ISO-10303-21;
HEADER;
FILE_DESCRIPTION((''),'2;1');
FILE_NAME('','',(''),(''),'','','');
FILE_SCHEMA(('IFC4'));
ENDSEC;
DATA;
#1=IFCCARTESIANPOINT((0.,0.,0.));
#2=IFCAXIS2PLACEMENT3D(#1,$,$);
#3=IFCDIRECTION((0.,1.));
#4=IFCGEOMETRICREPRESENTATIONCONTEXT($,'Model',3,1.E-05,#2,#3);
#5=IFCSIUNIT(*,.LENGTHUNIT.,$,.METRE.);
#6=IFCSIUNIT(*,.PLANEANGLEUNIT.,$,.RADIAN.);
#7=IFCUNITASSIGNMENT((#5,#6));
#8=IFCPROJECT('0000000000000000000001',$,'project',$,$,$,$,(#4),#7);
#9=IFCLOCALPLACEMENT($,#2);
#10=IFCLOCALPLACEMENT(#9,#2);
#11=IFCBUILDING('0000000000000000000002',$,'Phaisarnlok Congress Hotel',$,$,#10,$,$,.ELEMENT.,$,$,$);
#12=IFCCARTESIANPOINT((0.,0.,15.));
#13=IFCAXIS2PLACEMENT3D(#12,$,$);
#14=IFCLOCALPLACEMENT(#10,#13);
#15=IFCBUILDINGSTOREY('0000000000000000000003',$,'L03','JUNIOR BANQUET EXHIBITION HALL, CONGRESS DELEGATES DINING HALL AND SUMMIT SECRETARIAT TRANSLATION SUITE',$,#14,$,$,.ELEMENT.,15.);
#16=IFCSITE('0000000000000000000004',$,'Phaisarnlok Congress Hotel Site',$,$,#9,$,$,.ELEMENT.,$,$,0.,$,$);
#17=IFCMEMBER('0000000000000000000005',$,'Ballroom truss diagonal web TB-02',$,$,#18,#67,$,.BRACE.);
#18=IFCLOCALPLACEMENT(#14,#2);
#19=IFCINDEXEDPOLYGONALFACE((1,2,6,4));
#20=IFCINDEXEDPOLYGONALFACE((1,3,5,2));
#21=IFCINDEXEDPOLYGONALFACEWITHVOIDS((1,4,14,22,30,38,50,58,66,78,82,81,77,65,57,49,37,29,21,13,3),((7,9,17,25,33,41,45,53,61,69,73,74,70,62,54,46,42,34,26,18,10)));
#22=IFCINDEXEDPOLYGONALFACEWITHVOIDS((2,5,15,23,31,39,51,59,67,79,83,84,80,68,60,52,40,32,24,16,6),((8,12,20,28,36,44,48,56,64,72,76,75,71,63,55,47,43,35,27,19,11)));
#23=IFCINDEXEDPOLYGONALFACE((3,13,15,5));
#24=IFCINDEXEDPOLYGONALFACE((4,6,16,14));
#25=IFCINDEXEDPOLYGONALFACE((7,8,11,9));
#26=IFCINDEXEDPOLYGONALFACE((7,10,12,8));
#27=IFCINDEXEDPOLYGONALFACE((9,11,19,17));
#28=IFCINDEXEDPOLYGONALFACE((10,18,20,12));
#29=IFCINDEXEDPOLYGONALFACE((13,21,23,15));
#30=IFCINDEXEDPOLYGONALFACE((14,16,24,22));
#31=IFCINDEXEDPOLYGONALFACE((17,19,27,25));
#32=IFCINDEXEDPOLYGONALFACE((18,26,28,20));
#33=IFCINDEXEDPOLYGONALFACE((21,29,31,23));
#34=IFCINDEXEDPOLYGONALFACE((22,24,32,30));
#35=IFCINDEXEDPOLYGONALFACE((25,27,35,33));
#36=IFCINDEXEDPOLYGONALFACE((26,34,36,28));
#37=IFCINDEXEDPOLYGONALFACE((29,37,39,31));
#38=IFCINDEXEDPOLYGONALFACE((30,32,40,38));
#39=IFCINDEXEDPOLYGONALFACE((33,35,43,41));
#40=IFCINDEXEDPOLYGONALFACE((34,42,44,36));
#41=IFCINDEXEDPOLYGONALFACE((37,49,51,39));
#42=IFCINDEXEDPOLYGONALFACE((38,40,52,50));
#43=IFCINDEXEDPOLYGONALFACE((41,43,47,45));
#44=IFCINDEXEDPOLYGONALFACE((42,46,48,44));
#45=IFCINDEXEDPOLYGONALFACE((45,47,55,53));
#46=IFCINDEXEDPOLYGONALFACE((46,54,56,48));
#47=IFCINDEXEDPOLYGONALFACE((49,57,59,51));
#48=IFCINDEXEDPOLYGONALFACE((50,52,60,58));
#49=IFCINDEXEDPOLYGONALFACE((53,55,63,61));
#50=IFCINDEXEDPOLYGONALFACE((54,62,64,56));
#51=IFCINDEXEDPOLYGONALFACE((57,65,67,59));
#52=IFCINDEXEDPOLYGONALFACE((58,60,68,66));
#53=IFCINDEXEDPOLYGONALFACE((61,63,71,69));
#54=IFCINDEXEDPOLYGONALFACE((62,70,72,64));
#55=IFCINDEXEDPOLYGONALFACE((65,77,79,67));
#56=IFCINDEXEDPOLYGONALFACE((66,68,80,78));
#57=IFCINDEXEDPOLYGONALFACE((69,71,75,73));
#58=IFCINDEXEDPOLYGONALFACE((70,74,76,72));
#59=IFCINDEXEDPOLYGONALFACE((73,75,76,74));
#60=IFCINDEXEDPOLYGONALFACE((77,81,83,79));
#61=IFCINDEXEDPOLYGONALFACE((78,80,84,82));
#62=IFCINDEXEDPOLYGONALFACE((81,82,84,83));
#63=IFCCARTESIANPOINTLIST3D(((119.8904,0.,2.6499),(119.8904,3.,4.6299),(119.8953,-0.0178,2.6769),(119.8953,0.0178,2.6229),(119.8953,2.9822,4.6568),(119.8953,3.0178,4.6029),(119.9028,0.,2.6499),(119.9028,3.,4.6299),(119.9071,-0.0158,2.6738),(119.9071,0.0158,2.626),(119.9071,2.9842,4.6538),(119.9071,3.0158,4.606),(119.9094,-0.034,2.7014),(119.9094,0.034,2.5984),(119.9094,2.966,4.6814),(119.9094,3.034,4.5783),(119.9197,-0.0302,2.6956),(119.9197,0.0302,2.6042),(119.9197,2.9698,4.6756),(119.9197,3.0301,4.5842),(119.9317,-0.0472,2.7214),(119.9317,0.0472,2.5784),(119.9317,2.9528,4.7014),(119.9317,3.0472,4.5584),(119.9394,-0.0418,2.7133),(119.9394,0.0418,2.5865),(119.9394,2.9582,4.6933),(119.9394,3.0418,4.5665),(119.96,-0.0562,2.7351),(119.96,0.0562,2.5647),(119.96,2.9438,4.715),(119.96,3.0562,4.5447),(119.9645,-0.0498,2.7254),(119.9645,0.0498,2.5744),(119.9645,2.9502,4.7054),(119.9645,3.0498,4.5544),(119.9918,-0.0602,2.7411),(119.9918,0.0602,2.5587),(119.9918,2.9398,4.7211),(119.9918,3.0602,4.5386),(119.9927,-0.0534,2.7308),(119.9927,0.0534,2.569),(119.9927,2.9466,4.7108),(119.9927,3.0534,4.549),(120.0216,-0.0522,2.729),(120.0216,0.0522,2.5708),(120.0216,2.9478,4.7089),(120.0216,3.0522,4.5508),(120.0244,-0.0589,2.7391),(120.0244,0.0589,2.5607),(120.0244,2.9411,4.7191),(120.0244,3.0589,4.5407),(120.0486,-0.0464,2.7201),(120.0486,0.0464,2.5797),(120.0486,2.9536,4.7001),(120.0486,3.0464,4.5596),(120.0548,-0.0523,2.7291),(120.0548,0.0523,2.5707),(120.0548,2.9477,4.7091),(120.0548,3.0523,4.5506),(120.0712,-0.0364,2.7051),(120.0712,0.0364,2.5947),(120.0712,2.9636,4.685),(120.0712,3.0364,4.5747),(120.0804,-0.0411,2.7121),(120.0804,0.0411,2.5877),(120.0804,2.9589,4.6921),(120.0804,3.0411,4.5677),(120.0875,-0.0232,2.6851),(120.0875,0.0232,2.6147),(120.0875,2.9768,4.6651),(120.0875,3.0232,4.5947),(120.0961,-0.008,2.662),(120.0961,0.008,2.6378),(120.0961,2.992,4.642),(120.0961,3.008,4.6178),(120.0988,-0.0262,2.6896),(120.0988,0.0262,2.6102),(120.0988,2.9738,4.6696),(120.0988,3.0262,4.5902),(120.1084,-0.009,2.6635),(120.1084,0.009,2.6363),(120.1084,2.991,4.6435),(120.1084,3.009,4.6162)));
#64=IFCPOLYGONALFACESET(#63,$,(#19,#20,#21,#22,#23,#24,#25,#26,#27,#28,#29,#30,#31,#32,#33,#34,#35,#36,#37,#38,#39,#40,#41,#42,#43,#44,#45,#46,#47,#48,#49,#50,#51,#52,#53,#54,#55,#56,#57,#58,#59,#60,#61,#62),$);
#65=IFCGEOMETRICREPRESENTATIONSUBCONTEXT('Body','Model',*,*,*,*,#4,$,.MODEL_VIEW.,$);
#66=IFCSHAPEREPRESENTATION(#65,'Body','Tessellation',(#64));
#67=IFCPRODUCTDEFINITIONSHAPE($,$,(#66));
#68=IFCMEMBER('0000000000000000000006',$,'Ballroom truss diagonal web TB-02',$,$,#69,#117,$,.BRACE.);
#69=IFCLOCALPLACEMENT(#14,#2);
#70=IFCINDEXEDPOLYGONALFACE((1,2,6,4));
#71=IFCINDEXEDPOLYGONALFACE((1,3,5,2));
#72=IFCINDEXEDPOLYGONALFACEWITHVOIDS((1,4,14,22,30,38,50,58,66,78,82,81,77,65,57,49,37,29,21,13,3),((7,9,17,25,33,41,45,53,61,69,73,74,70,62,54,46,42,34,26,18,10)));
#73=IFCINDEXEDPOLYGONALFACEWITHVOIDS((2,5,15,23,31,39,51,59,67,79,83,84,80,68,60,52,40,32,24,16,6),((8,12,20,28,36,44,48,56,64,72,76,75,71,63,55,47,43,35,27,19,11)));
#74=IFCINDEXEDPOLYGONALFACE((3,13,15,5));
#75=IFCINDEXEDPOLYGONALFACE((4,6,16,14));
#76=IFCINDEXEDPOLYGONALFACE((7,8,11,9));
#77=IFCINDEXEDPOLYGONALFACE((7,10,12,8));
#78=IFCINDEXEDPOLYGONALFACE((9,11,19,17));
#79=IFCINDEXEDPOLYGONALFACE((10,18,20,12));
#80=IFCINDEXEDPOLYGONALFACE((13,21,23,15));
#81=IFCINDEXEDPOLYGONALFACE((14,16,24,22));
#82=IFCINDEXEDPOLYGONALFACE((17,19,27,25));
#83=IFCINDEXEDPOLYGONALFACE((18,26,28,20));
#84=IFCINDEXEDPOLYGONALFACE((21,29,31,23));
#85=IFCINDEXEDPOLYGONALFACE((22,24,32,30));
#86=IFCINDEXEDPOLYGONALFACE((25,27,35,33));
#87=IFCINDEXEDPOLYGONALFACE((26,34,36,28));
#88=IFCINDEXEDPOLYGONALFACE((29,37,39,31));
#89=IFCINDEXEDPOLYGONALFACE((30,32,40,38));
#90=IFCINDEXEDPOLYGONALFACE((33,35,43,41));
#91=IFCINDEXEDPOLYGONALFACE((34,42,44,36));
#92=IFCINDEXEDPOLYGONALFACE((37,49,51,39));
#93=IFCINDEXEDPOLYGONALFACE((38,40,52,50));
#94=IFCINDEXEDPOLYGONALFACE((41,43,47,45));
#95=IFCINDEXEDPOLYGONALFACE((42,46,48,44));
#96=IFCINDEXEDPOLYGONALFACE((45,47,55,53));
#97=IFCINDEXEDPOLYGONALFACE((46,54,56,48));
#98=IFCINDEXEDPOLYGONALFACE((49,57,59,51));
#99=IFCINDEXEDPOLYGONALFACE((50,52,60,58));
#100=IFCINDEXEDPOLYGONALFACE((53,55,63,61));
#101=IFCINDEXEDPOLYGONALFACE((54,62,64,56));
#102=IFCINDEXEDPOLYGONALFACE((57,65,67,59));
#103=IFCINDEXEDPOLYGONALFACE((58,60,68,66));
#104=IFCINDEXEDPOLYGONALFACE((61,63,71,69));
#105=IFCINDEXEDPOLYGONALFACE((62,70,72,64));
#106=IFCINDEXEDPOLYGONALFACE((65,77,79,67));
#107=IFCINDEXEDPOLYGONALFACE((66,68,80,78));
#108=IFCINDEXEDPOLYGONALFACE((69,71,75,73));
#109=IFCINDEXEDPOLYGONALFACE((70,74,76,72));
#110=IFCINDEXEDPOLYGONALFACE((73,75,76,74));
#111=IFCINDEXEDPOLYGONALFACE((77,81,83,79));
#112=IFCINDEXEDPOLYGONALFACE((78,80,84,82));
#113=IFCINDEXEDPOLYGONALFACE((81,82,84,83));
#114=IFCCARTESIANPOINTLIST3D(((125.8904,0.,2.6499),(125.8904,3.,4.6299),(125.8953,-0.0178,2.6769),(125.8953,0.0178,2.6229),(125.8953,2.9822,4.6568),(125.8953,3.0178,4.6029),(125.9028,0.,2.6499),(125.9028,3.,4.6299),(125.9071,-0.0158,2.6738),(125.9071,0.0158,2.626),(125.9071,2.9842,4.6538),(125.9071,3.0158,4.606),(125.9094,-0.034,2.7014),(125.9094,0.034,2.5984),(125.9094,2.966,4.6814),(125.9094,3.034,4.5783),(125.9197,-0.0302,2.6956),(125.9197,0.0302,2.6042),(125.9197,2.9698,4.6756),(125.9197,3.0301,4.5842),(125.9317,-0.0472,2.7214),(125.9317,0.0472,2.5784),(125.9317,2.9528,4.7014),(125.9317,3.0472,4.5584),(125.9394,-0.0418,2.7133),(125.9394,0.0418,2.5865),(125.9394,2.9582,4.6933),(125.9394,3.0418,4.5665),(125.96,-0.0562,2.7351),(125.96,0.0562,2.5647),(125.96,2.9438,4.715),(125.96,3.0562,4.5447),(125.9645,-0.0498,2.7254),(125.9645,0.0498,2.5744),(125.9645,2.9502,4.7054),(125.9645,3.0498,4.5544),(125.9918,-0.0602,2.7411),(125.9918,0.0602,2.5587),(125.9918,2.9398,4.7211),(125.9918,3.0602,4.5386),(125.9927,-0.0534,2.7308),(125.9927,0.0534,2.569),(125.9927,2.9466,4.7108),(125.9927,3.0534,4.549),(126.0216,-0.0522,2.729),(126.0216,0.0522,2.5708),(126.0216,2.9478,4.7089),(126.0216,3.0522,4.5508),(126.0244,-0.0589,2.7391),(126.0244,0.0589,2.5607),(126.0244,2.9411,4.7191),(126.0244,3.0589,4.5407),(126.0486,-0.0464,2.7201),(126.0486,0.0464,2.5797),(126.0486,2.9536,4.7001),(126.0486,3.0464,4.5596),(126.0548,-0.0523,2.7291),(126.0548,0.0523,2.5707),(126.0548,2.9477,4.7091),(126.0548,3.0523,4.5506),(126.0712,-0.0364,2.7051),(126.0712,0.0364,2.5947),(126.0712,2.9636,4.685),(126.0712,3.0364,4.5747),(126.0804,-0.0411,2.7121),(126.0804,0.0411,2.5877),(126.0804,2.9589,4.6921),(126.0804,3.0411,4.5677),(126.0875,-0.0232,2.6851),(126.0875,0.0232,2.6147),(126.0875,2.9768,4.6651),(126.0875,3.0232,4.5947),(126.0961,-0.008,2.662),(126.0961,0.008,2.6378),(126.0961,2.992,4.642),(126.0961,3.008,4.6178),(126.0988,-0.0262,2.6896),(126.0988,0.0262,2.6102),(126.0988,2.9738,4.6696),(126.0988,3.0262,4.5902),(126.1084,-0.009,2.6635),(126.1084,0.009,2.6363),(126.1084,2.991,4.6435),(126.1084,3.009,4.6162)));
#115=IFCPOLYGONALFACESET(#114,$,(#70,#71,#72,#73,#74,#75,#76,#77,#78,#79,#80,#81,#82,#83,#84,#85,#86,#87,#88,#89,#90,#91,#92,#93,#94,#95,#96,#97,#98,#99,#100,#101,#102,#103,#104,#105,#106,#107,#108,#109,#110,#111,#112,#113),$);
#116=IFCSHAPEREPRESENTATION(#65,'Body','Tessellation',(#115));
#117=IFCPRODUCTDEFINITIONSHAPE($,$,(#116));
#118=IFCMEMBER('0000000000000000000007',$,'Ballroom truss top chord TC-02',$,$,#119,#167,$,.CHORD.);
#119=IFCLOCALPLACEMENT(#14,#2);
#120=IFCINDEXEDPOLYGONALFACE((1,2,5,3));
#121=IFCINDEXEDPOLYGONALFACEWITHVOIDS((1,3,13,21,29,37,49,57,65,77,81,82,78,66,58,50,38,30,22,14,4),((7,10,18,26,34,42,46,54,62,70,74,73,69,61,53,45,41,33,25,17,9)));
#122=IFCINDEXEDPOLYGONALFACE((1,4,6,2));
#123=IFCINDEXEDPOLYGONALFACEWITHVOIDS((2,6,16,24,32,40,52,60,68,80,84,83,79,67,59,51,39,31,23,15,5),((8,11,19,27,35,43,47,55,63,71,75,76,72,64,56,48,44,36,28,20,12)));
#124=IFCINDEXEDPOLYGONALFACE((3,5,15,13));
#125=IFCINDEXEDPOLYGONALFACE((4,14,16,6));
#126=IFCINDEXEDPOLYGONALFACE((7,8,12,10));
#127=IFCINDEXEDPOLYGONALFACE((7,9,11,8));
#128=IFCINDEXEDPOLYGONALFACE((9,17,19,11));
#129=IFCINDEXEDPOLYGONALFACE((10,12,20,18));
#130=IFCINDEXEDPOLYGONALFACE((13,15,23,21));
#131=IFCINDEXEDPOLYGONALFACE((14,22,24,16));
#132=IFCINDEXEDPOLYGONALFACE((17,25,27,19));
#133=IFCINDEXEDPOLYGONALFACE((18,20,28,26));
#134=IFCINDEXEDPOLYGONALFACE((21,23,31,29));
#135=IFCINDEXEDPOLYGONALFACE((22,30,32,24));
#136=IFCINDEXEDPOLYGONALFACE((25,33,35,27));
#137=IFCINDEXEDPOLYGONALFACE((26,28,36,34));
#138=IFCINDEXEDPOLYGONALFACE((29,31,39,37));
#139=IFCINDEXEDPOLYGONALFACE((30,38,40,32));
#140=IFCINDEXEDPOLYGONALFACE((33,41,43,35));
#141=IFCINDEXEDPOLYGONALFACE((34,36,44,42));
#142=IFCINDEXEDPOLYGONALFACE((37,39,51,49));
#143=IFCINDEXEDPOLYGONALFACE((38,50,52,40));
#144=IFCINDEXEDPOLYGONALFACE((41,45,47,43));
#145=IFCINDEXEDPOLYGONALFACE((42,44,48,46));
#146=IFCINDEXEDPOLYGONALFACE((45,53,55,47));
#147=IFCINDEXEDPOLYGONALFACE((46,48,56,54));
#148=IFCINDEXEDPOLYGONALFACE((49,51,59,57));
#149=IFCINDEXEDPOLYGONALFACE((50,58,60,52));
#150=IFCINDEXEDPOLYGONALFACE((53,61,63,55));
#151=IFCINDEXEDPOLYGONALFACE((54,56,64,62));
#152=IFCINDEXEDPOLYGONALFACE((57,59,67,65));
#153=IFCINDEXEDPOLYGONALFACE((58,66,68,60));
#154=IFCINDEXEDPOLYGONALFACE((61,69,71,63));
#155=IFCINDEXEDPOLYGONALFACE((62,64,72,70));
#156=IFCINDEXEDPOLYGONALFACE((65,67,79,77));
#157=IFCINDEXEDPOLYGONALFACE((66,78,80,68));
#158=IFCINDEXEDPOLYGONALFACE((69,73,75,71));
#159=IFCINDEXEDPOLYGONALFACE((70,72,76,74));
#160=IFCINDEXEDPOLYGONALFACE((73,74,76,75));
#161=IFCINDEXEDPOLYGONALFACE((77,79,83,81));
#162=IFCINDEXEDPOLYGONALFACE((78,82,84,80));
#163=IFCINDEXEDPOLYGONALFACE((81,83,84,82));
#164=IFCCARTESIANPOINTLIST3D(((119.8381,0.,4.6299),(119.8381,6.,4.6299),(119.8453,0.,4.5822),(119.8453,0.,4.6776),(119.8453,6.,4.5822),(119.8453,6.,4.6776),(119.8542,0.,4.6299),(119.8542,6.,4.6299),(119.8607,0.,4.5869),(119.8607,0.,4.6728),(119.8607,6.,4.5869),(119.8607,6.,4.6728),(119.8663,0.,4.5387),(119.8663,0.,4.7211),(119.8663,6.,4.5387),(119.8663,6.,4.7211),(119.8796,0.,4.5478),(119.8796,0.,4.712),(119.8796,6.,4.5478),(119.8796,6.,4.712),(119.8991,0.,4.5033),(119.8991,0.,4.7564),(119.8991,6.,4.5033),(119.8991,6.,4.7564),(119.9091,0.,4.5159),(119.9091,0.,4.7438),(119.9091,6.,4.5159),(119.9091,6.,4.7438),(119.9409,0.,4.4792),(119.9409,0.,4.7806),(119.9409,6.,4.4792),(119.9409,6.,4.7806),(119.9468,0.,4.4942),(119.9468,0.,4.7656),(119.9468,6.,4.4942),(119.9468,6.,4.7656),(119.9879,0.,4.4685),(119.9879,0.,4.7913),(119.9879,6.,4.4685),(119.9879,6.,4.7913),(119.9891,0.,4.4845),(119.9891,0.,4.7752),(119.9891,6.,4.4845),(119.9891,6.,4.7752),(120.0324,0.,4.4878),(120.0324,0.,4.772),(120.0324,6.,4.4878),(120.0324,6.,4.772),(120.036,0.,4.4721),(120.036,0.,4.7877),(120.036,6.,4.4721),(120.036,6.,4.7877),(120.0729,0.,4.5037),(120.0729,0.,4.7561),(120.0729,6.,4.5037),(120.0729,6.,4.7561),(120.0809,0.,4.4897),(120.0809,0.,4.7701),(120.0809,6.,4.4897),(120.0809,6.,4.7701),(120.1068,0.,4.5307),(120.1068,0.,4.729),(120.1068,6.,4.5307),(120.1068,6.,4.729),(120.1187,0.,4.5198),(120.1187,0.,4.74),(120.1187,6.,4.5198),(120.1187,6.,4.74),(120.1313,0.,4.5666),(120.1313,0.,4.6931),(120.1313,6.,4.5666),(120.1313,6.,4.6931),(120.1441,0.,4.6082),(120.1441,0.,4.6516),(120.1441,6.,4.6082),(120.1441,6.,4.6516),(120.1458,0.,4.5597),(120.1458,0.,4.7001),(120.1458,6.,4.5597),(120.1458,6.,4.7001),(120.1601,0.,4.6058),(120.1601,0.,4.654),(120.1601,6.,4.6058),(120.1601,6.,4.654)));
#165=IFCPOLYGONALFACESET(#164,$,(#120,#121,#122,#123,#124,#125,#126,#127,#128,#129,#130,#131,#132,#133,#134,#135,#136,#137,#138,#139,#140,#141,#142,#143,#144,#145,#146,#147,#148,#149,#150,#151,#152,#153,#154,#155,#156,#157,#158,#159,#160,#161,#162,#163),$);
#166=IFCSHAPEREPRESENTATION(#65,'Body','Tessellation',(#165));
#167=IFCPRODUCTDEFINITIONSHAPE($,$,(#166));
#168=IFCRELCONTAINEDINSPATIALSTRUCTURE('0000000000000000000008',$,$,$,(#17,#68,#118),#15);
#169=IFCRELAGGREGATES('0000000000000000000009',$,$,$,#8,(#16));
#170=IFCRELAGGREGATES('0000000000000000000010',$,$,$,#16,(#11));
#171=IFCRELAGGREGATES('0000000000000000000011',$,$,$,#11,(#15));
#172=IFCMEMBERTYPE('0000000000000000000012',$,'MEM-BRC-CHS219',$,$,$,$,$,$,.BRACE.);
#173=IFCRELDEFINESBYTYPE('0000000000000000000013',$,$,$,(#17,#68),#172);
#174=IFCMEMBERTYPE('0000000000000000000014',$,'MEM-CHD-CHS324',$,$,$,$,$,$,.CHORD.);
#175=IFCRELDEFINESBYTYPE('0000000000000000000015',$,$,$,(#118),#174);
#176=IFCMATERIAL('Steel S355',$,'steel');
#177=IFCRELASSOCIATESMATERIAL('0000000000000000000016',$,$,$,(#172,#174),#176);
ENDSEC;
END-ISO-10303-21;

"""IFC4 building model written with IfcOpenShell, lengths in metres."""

from ifc_helpers import new_model, si_unit, direction, frame, origin, origin_2d, place, context, subcontext, project, spatial, hollow_circle, extrude, material, material_profile, profile_set, type_object, element, save


model = new_model("IFC4")

# Units and contexts
model_context = context("Model", 3, precision=1e-05, world=origin(), true_north=direction((0.0, 1.0)))
body_context = subcontext(model_context, "Body", "Model", "MODEL_VIEW")
ifc_project = project(units=[si_unit("LENGTHUNIT", "METRE"), si_unit("PLANEANGLEUNIT", "RADIAN")], contexts=[model_context])

# Site, building, storey
site_placement = place(None, origin())
site = spatial("IfcSite", under=ifc_project, at=site_placement, Name="Phaisarnlok Congress Hotel Site", CompositionType="ELEMENT", RefElevation=0.0)
building_placement = place(site_placement, origin())
building = spatial("IfcBuilding", under=site, at=building_placement, Name="Phaisarnlok Congress Hotel", CompositionType="ELEMENT")
storey_placement = place(building_placement, frame((0.0, 0.0, 15.0)))
storey = spatial("IfcBuildingStorey", under=building, at=storey_placement, Name="L03", Description="JUNIOR BANQUET EXHIBITION HALL, CONGRESS DELEGATES DINING HALL AND SUMMIT SECRETARIAT TRANSLATION SUITE", CompositionType="ELEMENT", Elevation=15.0)

# Shared definitions
ifc_material_1 = material(Name="Steel S355", Category="steel")

# Members
ifc_material_profile_1 = material_profile(ifc_material_1, hollow_circle(Radius=0.1096, WallThickness=0.0125, at=origin_2d()), Name="CHS 219.1x12.5")
ifc_profile_set_1 = profile_set([ifc_material_profile_1], Name="Steel S355")
member_type_1 = type_object("IfcMemberType", Name="MEM-BRC-CHS219", PredefinedType="BRACE", material=ifc_profile_set_1)
for number, where, z_axis, x_axis, name in (
    (1, (120.0, 0.0, 2.6499), (0.0, 0.834612, 0.550838), (-1.0, 0.0, 0.0), "Ballroom truss diagonal web TB-02"),
    (2, (126.0, 0.0, 2.6499), (0.0, 0.834612, 0.550838), (-1.0, 0.0, 0.0), "Ballroom truss diagonal web TB-02"),
):
    element("IfcMember", number, at=place(storey_placement, frame(where, z_axis=z_axis, x_axis=x_axis)), inside=storey, type_object=member_type_1, Name=name, PredefinedType="BRACE", context=body_context, shape_type="SweptSolid", body=[
        extrude(hollow_circle(Radius=0.1096, WallThickness=0.0125, at=origin_2d()), origin(), (0.0, 0.0, 1.0), 3.5945),
    ])
ifc_material_profile_2 = material_profile(ifc_material_1, hollow_circle(Radius=0.1619, WallThickness=0.0161, at=origin_2d()), Name="CHS 323.9x16")
ifc_profile_set_2 = profile_set([ifc_material_profile_2], Name="Steel S355")
member_type_2 = type_object("IfcMemberType", Name="MEM-CHD-CHS324", PredefinedType="CHORD", material=ifc_profile_set_2)
for number, where, z_axis, x_axis, name in (
    (3, (120.0, 0.0, 4.6299), (0.0, 1.0, 0.0), (-1.0, 0.0, 0.0), "Ballroom truss top chord TC-02"),
):
    element("IfcMember", number, at=place(storey_placement, frame(where, z_axis=z_axis, x_axis=x_axis)), inside=storey, type_object=member_type_2, Name=name, PredefinedType="CHORD", context=body_context, shape_type="SweptSolid", body=[
        extrude(hollow_circle(Radius=0.1619, WallThickness=0.0161, at=origin_2d()), origin(), (0.0, 0.0, 1.0), 6.0),
    ])

save(model, "model.ifc")
